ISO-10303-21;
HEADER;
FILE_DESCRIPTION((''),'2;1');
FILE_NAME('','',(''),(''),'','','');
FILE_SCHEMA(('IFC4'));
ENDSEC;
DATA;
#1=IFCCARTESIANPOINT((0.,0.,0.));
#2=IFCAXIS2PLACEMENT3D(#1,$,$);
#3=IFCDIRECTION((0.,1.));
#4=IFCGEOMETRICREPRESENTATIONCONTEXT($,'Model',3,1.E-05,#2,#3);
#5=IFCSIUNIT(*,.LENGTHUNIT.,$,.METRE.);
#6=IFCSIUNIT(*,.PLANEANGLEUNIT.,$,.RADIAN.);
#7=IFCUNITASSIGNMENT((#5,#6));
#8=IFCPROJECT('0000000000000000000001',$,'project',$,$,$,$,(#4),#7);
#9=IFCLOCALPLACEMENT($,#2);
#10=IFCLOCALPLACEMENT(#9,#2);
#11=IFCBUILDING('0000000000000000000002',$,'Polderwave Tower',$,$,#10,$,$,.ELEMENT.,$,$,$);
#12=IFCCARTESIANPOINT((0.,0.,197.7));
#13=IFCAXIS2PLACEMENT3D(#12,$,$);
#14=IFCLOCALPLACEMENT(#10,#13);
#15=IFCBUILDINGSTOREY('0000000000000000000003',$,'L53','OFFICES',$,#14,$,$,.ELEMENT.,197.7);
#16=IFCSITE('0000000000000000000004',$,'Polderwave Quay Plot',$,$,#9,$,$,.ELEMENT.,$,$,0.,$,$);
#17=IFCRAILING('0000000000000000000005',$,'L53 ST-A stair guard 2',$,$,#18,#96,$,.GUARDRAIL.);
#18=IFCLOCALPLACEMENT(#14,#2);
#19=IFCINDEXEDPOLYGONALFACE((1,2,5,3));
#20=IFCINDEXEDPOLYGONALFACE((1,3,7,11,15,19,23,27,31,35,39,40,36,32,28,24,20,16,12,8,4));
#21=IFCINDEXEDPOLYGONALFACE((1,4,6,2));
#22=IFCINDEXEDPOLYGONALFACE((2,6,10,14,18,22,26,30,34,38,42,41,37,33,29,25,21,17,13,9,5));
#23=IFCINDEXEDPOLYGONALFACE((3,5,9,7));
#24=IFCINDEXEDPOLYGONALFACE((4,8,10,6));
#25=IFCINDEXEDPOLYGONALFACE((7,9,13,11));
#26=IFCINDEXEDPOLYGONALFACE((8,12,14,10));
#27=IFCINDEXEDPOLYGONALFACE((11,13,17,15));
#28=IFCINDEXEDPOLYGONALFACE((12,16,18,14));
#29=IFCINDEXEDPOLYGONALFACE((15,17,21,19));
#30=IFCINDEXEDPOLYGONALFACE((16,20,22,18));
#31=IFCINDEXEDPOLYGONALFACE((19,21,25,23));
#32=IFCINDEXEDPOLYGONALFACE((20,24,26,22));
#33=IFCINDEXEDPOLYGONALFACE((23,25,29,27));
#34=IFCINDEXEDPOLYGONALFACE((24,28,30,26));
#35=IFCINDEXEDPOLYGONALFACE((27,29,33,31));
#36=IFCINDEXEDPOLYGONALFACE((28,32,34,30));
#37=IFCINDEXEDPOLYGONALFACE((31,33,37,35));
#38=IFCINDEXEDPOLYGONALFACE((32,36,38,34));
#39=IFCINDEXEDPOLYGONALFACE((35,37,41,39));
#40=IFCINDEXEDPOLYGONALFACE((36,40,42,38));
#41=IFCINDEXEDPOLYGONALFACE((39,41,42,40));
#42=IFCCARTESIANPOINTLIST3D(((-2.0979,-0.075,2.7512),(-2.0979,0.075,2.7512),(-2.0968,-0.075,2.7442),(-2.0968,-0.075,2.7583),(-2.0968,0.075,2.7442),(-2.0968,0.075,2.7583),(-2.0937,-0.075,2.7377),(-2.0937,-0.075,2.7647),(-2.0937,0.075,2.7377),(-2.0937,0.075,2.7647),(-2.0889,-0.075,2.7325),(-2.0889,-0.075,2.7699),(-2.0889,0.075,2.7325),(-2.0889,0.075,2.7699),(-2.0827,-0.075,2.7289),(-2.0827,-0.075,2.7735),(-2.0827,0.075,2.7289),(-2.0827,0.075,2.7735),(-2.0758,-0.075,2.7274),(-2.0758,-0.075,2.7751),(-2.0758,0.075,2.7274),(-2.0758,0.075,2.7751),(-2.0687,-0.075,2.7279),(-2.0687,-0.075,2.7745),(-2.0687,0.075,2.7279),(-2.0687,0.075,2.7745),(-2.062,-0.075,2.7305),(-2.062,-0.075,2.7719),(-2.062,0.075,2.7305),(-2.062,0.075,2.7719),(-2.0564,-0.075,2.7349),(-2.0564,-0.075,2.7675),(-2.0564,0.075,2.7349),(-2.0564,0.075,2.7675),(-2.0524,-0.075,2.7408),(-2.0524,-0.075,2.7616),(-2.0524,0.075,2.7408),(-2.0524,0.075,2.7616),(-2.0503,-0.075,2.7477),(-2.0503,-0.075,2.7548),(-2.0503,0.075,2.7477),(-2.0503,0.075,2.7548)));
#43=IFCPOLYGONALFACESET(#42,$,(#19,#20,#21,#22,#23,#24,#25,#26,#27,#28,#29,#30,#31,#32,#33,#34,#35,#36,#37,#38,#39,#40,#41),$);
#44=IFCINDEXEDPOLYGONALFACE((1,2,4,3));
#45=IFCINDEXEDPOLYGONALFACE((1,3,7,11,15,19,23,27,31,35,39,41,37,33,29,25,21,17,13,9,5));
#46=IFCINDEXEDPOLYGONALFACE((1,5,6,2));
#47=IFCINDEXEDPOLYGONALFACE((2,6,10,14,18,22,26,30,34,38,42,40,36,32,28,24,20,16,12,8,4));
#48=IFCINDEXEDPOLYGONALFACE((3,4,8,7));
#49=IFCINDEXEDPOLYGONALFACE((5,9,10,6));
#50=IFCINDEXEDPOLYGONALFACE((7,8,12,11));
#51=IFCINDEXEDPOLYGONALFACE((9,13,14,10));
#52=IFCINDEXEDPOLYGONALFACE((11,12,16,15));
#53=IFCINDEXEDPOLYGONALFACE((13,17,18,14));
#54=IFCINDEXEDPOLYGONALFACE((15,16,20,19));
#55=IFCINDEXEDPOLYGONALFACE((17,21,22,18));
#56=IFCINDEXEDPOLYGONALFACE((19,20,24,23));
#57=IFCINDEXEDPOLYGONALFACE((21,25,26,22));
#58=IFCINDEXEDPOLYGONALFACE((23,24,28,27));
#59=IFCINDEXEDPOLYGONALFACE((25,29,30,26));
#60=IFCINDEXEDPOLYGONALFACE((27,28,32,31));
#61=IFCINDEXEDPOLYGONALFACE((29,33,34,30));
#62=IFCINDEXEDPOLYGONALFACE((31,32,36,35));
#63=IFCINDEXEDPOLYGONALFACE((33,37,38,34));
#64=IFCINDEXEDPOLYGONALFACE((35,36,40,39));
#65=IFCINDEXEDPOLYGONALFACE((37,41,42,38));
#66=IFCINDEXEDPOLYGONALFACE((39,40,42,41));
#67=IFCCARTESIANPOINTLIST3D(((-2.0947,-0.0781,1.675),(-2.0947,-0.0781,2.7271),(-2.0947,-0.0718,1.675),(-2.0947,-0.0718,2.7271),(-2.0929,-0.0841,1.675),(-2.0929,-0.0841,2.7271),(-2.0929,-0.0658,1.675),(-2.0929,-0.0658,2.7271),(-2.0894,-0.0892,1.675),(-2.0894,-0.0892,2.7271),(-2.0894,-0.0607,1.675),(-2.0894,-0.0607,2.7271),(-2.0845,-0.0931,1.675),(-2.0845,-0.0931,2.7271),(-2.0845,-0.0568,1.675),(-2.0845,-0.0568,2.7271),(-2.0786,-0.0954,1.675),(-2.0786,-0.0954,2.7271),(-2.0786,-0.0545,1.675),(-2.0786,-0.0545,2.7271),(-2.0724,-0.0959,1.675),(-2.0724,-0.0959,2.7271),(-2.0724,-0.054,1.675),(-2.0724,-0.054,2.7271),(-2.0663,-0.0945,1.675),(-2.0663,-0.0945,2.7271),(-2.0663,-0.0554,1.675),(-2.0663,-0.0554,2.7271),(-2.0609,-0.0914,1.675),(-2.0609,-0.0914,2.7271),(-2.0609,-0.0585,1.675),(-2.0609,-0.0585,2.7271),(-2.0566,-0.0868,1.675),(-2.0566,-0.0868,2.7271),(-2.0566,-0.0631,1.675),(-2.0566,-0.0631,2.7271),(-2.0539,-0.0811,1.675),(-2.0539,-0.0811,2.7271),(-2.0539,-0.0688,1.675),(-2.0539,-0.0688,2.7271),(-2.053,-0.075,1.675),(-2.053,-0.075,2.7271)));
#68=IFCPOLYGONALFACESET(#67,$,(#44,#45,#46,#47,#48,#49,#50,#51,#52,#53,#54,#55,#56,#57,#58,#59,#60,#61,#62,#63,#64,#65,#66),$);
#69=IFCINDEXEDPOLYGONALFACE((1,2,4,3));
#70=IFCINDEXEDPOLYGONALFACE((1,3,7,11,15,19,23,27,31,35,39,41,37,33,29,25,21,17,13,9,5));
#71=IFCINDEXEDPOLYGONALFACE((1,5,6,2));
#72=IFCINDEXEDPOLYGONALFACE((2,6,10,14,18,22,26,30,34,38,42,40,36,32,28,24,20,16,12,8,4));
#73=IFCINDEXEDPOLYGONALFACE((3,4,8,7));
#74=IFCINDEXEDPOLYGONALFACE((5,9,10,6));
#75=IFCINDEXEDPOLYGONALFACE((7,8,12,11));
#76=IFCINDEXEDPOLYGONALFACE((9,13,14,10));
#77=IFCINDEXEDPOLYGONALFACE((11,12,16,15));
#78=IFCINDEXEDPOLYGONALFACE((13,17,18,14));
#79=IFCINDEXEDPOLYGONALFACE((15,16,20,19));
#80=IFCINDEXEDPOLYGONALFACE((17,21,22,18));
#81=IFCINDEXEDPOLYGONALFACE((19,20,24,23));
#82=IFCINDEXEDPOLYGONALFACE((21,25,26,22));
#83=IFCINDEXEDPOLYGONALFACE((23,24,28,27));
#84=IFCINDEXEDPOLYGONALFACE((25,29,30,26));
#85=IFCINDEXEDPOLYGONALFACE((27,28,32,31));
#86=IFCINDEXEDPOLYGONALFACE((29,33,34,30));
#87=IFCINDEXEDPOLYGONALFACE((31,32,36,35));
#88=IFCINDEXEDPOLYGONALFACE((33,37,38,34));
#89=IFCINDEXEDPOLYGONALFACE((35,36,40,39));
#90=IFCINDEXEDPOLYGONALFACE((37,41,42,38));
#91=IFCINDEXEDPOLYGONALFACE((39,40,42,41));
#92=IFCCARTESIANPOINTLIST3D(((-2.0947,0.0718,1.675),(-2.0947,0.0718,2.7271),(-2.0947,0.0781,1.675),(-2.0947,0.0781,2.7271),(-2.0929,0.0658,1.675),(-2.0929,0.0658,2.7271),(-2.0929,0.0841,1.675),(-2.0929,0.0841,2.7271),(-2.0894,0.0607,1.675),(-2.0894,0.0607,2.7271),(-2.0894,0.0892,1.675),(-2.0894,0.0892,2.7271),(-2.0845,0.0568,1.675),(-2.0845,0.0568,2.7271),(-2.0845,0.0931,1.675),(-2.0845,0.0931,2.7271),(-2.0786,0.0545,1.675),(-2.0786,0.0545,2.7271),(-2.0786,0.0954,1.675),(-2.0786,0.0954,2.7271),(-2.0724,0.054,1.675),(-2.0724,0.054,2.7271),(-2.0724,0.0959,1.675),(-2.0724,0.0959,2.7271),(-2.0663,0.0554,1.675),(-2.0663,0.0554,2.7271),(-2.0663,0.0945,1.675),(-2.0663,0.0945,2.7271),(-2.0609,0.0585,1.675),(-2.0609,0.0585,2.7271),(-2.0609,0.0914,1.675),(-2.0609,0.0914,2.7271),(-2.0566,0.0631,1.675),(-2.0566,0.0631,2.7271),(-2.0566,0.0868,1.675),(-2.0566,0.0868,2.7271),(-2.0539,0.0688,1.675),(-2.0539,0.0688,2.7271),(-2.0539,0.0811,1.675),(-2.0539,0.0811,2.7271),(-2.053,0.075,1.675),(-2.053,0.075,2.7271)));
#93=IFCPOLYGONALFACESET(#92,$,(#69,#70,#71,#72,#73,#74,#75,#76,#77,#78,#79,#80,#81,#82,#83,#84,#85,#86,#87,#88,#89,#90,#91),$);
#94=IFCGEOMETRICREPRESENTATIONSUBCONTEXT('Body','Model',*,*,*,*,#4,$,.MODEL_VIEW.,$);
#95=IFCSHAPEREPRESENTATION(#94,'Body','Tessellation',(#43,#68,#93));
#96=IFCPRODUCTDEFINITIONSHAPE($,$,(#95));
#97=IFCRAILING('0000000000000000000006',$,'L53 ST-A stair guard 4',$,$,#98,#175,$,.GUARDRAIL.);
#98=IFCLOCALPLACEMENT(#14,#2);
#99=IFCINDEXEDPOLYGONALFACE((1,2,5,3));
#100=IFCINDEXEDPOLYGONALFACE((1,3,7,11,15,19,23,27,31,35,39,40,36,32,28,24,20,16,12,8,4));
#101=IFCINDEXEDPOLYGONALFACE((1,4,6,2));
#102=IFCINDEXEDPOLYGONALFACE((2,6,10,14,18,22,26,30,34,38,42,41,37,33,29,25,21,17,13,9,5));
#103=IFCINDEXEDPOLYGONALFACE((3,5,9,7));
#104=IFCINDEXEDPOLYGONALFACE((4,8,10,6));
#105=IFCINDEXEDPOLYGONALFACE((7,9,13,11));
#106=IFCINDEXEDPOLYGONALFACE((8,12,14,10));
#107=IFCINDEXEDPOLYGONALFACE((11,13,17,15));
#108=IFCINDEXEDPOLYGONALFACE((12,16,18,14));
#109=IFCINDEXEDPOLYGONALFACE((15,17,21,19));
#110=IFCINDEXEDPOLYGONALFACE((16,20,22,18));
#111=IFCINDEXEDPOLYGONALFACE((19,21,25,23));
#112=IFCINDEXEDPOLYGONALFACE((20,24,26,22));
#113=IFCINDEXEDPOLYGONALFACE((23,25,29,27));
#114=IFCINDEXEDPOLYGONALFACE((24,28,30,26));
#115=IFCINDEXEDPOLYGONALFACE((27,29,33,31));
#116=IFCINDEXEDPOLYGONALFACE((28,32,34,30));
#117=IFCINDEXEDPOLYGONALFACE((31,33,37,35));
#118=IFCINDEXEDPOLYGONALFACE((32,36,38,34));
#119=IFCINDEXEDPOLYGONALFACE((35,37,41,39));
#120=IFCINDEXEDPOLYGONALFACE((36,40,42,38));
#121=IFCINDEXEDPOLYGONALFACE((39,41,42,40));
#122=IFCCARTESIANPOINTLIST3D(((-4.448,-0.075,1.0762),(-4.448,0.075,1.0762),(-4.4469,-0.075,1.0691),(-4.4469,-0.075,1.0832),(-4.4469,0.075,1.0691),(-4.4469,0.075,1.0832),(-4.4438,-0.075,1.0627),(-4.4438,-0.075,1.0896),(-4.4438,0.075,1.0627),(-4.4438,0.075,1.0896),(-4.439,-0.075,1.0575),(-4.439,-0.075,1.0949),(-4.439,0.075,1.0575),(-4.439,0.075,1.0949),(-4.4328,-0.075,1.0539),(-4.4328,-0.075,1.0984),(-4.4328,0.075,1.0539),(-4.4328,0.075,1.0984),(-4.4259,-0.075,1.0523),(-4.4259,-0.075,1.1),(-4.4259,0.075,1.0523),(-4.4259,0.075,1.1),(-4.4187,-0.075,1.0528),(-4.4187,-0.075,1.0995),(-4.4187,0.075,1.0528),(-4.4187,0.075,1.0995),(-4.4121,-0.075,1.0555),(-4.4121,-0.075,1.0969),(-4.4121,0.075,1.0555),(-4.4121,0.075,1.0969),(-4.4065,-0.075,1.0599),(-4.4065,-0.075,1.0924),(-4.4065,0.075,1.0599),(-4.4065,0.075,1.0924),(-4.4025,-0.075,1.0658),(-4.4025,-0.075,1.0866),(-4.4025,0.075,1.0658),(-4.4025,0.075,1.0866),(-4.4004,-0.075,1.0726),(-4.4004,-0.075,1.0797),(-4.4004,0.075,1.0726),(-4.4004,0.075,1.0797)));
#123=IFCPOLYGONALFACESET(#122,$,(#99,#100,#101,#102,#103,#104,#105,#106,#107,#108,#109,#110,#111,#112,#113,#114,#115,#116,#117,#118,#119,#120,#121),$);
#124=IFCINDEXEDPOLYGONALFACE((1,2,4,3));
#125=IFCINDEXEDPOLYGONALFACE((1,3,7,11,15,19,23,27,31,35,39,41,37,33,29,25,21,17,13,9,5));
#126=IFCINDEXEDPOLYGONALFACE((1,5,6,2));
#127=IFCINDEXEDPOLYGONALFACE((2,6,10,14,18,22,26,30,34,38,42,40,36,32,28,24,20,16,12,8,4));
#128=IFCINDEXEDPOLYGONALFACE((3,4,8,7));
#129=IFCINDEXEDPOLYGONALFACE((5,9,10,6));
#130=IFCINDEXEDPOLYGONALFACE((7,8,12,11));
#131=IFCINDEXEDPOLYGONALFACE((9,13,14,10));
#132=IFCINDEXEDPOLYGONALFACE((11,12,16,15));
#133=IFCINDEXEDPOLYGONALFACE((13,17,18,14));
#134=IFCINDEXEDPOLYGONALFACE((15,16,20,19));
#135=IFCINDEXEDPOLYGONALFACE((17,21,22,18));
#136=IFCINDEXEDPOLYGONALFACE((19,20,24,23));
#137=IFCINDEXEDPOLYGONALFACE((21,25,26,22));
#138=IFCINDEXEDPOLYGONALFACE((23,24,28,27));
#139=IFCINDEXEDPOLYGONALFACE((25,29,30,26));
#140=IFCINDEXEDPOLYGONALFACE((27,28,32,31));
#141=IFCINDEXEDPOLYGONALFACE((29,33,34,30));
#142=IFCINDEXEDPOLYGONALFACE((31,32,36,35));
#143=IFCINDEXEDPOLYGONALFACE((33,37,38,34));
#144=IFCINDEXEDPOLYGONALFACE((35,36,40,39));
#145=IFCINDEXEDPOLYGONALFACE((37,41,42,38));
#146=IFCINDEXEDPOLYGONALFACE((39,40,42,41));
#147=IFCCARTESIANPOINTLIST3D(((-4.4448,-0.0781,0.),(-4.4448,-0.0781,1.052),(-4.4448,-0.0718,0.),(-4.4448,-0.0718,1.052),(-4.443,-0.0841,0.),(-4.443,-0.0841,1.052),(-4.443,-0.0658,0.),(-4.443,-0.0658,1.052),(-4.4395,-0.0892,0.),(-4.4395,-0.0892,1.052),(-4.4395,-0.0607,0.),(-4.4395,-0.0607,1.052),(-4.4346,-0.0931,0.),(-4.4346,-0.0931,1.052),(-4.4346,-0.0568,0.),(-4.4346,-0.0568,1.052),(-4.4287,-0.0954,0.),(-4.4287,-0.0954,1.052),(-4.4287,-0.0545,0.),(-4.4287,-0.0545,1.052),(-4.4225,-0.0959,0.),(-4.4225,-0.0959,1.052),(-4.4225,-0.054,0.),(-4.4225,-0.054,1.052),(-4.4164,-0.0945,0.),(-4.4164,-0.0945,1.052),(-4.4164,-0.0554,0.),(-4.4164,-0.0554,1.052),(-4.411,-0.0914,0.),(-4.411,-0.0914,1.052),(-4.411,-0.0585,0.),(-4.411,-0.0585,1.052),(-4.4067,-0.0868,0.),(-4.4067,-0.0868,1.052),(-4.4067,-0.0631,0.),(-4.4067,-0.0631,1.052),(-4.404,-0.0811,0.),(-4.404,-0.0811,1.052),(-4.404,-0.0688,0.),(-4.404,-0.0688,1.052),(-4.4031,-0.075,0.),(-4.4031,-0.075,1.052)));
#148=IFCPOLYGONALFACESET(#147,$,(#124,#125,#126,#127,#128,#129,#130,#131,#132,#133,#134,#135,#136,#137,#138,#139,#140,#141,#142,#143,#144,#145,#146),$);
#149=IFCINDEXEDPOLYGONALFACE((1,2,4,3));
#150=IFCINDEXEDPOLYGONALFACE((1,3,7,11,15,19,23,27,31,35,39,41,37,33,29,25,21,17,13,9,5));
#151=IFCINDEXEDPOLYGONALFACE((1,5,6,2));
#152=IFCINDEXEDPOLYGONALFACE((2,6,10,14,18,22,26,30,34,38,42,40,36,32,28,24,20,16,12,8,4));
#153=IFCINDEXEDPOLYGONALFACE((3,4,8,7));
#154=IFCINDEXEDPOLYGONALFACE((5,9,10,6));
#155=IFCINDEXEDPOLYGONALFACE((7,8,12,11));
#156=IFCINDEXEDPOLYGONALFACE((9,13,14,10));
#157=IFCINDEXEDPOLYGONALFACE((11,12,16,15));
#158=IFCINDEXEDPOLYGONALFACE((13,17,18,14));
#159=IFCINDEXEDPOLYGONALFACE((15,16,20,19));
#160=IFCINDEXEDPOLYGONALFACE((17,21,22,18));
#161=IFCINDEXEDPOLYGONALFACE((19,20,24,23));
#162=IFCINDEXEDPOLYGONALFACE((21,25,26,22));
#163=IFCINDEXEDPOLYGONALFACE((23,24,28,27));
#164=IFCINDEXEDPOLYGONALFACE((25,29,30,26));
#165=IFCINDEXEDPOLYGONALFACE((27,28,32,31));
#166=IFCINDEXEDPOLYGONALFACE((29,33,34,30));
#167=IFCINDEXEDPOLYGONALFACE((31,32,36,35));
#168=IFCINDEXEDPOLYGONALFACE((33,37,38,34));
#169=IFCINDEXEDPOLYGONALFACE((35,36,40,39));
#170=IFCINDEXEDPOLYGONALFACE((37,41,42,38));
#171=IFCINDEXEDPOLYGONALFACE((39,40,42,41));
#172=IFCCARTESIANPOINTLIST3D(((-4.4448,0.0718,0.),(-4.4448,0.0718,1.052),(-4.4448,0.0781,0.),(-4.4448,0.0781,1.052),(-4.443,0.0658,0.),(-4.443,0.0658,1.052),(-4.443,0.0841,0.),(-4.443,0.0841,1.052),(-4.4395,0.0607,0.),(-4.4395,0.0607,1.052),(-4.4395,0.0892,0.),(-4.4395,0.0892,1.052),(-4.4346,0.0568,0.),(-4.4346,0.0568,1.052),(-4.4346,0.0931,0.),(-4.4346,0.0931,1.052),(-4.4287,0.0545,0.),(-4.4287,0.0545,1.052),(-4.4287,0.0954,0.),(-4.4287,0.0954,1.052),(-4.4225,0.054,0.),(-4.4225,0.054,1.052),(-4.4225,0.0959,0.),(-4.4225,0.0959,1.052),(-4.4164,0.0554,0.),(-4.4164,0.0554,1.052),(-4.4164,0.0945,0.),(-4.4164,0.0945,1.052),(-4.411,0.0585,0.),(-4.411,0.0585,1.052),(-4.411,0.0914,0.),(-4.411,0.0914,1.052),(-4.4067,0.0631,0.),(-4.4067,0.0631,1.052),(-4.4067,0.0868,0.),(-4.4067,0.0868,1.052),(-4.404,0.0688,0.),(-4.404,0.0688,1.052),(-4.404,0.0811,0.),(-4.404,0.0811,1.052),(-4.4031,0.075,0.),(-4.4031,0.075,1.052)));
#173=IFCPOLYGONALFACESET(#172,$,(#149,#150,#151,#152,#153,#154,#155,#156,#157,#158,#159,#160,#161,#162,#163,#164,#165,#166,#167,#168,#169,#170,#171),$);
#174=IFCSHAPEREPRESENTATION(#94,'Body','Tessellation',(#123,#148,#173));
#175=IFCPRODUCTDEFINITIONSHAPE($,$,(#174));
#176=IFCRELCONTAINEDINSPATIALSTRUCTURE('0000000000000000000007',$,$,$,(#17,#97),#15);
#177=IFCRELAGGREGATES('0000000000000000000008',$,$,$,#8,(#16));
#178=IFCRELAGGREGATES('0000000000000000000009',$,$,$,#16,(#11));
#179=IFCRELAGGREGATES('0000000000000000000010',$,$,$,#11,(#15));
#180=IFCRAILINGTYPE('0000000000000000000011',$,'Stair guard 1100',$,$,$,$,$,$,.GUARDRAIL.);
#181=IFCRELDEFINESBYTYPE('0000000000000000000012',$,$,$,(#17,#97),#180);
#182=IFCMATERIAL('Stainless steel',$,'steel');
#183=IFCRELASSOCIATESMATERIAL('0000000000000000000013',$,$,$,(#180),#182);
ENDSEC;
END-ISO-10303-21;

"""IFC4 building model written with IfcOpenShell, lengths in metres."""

from ifc_helpers import new_model, si_unit, direction, frame, origin, origin_2d, place, context, subcontext, project, spatial, circle, extrude, material, type_object, element, save


model = new_model("IFC4")

# Units and contexts
model_context = context("Model", 3, precision=1e-05, world=origin(), true_north=direction((0.0, 1.0)))
body_context = subcontext(model_context, "Body", "Model", "MODEL_VIEW")
ifc_project = project(units=[si_unit("LENGTHUNIT", "METRE"), si_unit("PLANEANGLEUNIT", "RADIAN")], contexts=[model_context])

# Site, building, storey
site_placement = place(None, origin())
site = spatial("IfcSite", under=ifc_project, at=site_placement, Name="Polderwave Quay Plot", CompositionType="ELEMENT", RefElevation=0.0)
building_placement = place(site_placement, origin())
building = spatial("IfcBuilding", under=site, at=building_placement, Name="Polderwave Tower", CompositionType="ELEMENT")
storey_placement = place(building_placement, frame((0.0, 0.0, 197.7)))
storey = spatial("IfcBuildingStorey", under=building, at=storey_placement, Name="L53", Description="OFFICES", CompositionType="ELEMENT", Elevation=197.7)

# Shared definitions
ifc_material_1 = material(Name="Stainless steel", Category="steel")

# Railings
railing_type_1 = type_object("IfcRailingType", Name="Stair guard 1100", PredefinedType="GUARDRAIL", material=ifc_material_1)
for number, where, name in (
    (1, (-2.074, -0.075, 1.675), "L53 ST-A stair guard 2"),
    (2, (-4.4241, -0.075, 0.0), "L53 ST-A stair guard 4"),
):
    element("IfcRailing", number, at=place(storey_placement, frame(where)), inside=storey, type_object=railing_type_1, Name=name, PredefinedType="GUARDRAIL", context=body_context, shape_type="SweptSolid", body=[
        extrude(circle(Radius=0.0239, at=origin_2d()), frame((0.0, 0.0, 1.0762), z_axis=(0.0, 1.0, 0.0), x_axis=(-1.0, 0.0, 0.0)), (0.0, 0.0, 1.0), 0.1499),
        extrude(circle(Radius=0.021, at=origin_2d()), origin(), (0.0, 0.0, 1.0), 1.052),
        extrude(circle(Radius=0.021, at=origin_2d()), frame((0.0, 0.1499, 0.0)), (0.0, 0.0, 1.0), 1.052),
    ])

save(model, "model.ifc")
